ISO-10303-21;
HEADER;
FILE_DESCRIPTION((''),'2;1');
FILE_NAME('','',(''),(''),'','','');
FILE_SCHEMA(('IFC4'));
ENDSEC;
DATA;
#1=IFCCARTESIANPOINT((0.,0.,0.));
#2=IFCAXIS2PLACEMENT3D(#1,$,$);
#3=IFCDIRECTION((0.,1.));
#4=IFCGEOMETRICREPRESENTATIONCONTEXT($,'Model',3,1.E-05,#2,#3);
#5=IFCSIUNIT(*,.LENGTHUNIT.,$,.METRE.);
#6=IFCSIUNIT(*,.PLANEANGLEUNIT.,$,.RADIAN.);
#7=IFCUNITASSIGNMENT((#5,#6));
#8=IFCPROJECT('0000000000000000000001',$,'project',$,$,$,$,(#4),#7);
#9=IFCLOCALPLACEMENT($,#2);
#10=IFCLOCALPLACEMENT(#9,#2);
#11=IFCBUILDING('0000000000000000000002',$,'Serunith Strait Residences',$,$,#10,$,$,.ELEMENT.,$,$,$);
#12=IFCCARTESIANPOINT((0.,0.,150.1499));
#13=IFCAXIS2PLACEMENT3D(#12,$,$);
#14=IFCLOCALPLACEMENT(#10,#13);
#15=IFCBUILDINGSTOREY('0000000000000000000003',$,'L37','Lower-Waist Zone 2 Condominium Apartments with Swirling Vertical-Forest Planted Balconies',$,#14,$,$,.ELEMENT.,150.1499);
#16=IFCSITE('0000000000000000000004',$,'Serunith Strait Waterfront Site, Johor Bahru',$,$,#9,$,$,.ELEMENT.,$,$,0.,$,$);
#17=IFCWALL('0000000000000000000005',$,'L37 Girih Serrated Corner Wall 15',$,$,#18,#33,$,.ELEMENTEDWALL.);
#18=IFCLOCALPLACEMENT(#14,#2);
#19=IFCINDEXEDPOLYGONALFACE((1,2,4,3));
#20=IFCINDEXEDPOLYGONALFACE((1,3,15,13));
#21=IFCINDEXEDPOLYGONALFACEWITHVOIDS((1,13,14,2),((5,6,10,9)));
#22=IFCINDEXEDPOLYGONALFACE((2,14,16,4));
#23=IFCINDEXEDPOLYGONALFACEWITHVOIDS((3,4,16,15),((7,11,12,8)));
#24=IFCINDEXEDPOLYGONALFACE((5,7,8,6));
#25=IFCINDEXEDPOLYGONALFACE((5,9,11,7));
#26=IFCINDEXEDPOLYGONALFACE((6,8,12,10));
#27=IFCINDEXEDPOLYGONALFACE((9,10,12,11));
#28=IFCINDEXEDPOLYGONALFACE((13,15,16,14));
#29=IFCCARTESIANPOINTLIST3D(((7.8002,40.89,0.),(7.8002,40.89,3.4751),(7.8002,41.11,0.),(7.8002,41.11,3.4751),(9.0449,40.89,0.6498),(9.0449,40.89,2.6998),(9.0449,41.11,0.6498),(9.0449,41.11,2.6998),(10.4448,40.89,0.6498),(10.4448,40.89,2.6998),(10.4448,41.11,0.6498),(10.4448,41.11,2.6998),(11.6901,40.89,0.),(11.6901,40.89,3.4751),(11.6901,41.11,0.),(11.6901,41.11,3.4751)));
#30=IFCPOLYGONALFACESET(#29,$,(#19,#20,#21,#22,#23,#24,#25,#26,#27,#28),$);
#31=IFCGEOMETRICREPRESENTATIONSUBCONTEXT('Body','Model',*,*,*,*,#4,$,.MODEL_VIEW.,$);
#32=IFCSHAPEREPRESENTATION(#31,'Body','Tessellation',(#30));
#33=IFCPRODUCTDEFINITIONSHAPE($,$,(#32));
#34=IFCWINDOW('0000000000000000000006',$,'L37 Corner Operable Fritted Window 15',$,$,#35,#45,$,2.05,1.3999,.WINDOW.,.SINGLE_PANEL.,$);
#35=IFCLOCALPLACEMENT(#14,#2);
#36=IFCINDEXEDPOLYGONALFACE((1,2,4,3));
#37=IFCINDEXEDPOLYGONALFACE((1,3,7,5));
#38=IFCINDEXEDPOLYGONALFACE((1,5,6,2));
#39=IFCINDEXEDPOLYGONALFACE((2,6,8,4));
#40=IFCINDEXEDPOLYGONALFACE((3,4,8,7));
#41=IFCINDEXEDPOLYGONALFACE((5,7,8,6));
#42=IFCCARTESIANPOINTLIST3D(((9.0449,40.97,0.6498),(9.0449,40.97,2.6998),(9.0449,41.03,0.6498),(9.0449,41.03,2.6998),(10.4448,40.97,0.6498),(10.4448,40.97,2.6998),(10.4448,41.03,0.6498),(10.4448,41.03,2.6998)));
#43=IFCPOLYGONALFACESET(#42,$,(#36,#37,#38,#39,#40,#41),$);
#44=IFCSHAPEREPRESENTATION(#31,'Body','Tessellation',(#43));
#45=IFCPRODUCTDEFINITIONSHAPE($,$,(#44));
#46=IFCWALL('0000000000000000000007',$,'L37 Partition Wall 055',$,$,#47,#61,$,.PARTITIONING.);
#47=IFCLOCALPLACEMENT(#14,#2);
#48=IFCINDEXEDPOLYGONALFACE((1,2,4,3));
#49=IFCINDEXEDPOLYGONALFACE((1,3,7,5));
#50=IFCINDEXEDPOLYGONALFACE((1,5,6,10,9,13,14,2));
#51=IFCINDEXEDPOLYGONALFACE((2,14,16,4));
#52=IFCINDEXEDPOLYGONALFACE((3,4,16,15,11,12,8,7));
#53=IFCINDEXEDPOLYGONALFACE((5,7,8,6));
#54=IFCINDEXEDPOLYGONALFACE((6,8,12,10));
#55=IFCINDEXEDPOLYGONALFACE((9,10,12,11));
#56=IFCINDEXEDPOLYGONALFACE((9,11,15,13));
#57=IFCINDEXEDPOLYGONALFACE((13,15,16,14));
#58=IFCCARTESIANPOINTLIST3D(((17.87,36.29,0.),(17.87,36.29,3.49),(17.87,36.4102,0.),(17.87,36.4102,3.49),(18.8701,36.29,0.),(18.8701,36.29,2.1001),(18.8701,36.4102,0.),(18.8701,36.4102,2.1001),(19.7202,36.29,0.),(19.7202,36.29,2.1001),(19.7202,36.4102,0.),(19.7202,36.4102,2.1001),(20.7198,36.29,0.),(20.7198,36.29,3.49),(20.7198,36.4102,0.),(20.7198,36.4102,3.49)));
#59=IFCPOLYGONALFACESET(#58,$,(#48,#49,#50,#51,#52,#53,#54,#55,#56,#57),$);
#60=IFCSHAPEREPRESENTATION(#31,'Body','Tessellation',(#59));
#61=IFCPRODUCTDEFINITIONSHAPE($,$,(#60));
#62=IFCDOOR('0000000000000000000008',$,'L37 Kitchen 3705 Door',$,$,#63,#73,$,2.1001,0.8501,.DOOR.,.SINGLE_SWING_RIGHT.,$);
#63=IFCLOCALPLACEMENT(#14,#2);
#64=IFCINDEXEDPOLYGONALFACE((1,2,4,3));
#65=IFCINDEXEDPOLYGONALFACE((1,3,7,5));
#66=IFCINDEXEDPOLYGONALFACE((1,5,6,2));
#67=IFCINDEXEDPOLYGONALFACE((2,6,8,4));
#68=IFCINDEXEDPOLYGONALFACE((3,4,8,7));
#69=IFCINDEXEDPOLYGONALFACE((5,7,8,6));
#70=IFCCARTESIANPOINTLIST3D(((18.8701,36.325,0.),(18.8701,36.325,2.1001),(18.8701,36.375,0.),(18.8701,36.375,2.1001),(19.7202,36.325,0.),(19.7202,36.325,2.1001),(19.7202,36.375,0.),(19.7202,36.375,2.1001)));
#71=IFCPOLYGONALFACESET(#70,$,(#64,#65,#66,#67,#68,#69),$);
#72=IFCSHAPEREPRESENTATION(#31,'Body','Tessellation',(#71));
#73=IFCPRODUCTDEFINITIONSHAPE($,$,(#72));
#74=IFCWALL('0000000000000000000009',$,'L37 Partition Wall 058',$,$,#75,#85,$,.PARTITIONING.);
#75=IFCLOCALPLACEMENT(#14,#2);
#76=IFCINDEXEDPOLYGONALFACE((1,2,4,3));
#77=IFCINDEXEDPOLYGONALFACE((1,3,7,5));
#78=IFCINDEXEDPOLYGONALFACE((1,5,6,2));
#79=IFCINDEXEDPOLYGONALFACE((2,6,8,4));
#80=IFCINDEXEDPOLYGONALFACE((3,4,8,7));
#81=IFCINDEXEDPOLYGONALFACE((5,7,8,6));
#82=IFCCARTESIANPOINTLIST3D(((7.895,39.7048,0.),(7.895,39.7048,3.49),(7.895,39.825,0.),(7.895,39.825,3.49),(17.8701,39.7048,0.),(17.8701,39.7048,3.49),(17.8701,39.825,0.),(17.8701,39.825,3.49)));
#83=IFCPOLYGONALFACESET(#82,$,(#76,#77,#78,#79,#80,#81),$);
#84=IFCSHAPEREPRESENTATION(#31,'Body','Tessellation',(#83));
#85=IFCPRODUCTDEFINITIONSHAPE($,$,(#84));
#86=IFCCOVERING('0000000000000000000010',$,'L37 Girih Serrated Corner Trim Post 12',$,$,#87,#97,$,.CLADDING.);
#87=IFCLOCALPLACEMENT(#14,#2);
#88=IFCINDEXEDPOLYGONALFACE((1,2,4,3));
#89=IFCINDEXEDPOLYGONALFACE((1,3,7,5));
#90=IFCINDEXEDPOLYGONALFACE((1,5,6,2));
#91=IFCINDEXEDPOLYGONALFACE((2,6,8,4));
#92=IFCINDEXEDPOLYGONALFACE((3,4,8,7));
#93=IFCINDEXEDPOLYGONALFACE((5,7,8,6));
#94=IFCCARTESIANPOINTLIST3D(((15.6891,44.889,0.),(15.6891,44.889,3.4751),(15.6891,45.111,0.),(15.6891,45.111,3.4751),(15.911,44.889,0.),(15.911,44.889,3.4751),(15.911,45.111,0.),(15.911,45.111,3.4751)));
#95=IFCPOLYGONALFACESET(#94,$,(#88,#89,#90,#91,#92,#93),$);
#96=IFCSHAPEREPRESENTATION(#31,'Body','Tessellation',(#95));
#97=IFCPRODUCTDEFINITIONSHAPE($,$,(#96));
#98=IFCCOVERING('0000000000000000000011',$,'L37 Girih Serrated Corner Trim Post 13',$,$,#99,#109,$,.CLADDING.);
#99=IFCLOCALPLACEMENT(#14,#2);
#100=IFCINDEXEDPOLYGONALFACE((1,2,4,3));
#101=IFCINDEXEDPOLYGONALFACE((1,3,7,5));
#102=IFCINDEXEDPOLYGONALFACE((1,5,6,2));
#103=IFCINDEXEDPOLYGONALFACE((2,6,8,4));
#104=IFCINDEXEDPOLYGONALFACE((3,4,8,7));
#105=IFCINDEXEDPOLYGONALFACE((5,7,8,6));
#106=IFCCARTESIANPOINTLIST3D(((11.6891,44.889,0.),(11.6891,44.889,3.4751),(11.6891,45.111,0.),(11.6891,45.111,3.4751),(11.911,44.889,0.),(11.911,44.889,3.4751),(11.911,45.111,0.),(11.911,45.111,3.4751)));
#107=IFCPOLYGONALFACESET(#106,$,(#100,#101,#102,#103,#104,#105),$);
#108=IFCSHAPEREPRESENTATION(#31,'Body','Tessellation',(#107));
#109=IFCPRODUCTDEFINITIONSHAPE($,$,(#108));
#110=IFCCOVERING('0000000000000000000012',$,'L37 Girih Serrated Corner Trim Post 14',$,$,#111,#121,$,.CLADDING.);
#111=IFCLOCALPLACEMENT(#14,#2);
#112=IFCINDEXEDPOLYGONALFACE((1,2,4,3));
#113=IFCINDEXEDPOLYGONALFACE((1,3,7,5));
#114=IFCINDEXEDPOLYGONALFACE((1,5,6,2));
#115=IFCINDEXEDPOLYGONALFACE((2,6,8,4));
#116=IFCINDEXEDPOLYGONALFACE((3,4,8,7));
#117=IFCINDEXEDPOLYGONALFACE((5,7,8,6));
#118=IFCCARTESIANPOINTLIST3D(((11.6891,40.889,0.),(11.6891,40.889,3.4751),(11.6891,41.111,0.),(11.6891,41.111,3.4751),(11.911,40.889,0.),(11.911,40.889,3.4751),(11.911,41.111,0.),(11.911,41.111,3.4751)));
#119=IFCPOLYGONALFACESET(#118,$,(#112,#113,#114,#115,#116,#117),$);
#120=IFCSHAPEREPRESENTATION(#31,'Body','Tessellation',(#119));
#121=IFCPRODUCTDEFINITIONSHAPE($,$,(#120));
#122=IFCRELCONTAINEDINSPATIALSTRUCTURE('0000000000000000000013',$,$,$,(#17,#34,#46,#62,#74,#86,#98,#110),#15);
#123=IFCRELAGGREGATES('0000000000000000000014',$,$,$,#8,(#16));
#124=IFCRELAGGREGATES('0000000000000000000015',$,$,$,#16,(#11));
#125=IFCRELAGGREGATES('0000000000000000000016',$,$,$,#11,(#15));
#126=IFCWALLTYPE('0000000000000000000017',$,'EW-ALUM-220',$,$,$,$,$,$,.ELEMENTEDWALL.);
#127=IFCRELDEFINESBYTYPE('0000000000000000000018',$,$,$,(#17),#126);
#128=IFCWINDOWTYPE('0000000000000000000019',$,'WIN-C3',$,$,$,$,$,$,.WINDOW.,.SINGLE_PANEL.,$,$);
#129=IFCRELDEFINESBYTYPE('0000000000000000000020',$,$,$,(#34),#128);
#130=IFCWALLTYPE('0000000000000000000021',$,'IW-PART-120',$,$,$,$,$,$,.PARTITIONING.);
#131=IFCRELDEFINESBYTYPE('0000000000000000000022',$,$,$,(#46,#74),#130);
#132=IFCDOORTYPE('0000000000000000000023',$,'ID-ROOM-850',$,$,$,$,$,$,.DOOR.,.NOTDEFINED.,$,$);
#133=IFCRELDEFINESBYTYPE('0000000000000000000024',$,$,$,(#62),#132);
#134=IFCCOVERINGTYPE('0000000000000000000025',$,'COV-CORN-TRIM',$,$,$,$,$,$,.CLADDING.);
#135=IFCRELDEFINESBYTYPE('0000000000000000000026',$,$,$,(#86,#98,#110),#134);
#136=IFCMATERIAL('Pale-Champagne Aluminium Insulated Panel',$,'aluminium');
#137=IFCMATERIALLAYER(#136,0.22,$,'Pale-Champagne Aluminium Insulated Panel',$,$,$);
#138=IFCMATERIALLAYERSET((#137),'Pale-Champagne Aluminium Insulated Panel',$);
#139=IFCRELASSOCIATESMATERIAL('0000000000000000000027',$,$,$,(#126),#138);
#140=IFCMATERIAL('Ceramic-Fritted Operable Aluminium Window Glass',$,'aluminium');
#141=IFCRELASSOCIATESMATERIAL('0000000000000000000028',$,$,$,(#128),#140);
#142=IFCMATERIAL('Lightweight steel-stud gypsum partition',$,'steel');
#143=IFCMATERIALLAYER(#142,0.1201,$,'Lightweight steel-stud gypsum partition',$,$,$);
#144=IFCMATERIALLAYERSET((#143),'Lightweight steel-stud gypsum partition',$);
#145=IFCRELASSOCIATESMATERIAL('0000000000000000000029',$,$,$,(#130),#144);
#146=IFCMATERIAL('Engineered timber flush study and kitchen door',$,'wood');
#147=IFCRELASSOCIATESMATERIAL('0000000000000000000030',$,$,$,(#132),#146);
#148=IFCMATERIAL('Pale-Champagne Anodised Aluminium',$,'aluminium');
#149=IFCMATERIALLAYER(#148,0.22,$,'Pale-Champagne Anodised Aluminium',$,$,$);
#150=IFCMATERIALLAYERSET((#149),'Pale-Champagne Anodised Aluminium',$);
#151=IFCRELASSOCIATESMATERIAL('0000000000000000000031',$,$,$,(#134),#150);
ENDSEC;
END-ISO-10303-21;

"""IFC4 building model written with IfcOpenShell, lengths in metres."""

from ifc_helpers import new_model, si_unit, direction, frame, frame_2d, origin, origin_2d, place, context, subcontext, project, spatial, rectangle, extrude, source, transform, mapped, material, layer, layer_set, type_object, element, fill, save


model = new_model("IFC4")

# Units and contexts
model_context = context("Model", 3, precision=1e-05, world=origin(), true_north=direction((0.0, 1.0)))
body_context = subcontext(model_context, "Body", "Model", "MODEL_VIEW")
ifc_project = project(units=[si_unit("LENGTHUNIT", "METRE"), si_unit("PLANEANGLEUNIT", "RADIAN")], contexts=[model_context])

# Site, building, storey
site_placement = place(None, origin())
site = spatial("IfcSite", under=ifc_project, at=site_placement, Name="Serunith Strait Waterfront Site, Johor Bahru", CompositionType="ELEMENT", RefElevation=0.0)
building_placement = place(site_placement, origin())
building = spatial("IfcBuilding", under=site, at=building_placement, Name="Serunith Strait Residences", CompositionType="ELEMENT")
storey_placement = place(building_placement, frame((0.0, 0.0, 150.1499)))
storey = spatial("IfcBuildingStorey", under=building, at=storey_placement, Name="L37", Description="Lower-Waist Zone 2 Condominium Apartments with Swirling Vertical-Forest Planted Balconies", CompositionType="ELEMENT", Elevation=150.1499)

# Shared definitions
ifc_material_1 = material(Name="Pale-Champagne Anodised Aluminium", Category="aluminium")

# Wall, opening, window
ifc_material_2 = material(Name="Pale-Champagne Aluminium Insulated Panel", Category="aluminium")
ifc_layer_1 = layer(ifc_material_2, 0.22, Name="Pale-Champagne Aluminium Insulated Panel")
ifc_layer_set_1 = layer_set([ifc_layer_1], Name="Pale-Champagne Aluminium Insulated Panel")
wall_type_1 = type_object("IfcWallType", Name="EW-ALUM-220", PredefinedType="ELEMENTEDWALL", material=ifc_layer_set_1)
ifc_material_3 = material(Name="Ceramic-Fritted Operable Aluminium Window Glass", Category="aluminium")
window_type = type_object("IfcWindowType", Name="WIN-C3", PartitioningType="SINGLE_PANEL", PredefinedType="WINDOW", material=ifc_material_3)
shared_shape_1 = source(origin(), body_context, "Body", "SweptSolid", [
    extrude(rectangle(XDim=1.3999, YDim=2.05, at=frame_2d((0.7, 1.0249))), frame((0.0, 0.03, 0.0), z_axis=(0.0, -1.0, 0.0), x_axis=(1.0, 0.0, 0.0)), (0.0, 0.0, 1.0), 0.0601),
])
wall_1_placement = place(storey_placement, frame((11.6899, 41.0, 0.0), z_axis=(0.0, 0.0, 1.0), x_axis=(-1.0, 0.0, 0.0)))
wall_1 = element("IfcWall", 1, at=wall_1_placement, inside=storey, type_object=wall_type_1, Name="L37 Girih Serrated Corner Wall 15", PredefinedType="ELEMENTEDWALL", context=body_context, shape_type="SweptSolid", body=[
    extrude(rectangle(XDim=3.8899, YDim=0.22, at=frame_2d((1.9448, 0.0))), origin(), (0.0, 0.0, 1.0), 3.4751),
])
opening_1_placement = place(wall_1_placement, frame((1.2451, 0.0, 0.6499)))
opening_1 = element("IfcOpeningElement", 2, at=opening_1_placement, cuts=wall_1, PredefinedType="OPENING", context=body_context, shape_type="SweptSolid", body=[
    extrude(rectangle(XDim=1.3999, YDim=2.05, at=frame_2d((0.7, 1.0249))), frame((0.0, 0.1201, 0.0), z_axis=(0.0, -1.0, 0.0), x_axis=(1.0, 0.0, 0.0)), (0.0, 0.0, 1.0), 0.24),
])
window_1_placement = place(opening_1_placement, origin())
window_1 = element("IfcWindow", 3, at=window_1_placement, inside=storey, type_object=window_type, Name="L37 Corner Operable Fritted Window 15", OverallHeight=2.05, OverallWidth=1.3999, PartitioningType="SINGLE_PANEL", PredefinedType="WINDOW", context=body_context, shape_type="MappedRepresentation", body=[
    mapped(shared_shape_1, transform((0.0, 0.0, 0.0), scale=1.0)),
])
fill(opening_1, window_1)

# Wall, opening, door
ifc_material_4 = material(Name="Lightweight steel-stud gypsum partition", Category="steel")
ifc_layer_2 = layer(ifc_material_4, 0.1201, Name="Lightweight steel-stud gypsum partition")
ifc_layer_set_2 = layer_set([ifc_layer_2], Name="Lightweight steel-stud gypsum partition")
wall_type_2 = type_object("IfcWallType", Name="IW-PART-120", PredefinedType="PARTITIONING", material=ifc_layer_set_2)
wall_2_placement = place(storey_placement, frame((17.8701, 36.3501, 0.0), z_axis=(0.0, 0.0, 1.0), x_axis=(1.0, 0.0, 0.0)))
wall_2 = element("IfcWall", 4, at=wall_2_placement, inside=storey, type_object=wall_type_2, Name="L37 Partition Wall 055", PredefinedType="PARTITIONING", context=body_context, shape_type="SweptSolid", body=[
    extrude(rectangle(XDim=2.8499, YDim=0.1201, at=frame_2d((1.4248, 0.0))), origin(), (0.0, 0.0, 1.0), 3.49),
])
opening_2_placement = place(wall_2_placement, frame((1.0, 0.0, 0.0)))
opening_2 = element("IfcOpeningElement", 5, at=opening_2_placement, cuts=wall_2, PredefinedType="OPENING", context=body_context, shape_type="SweptSolid", body=[
    extrude(rectangle(XDim=0.8501, YDim=2.1001, at=frame_2d((0.425, 1.05))), frame((0.0, 0.0701, 0.0), z_axis=(0.0, -1.0, 0.0), x_axis=(1.0, 0.0, 0.0)), (0.0, 0.0, 1.0), 0.1401),
])
ifc_material_5 = material(Name="Engineered timber flush study and kitchen door", Category="wood")
door_type = type_object("IfcDoorType", Name="ID-ROOM-850", OperationType="NOTDEFINED", PredefinedType="DOOR", material=ifc_material_5)
shared_shape_2 = source(origin(), body_context, "Body", "SweptSolid", [
    extrude(rectangle(XDim=0.8501, YDim=2.1001, at=frame_2d((0.425, 1.05))), frame((0.0, 0.0249, 0.0), z_axis=(0.0, -1.0, 0.0), x_axis=(1.0, 0.0, 0.0)), (0.0, 0.0, 1.0), 0.05),
])
door_placement = place(opening_2_placement, origin())
door = element("IfcDoor", 6, at=door_placement, inside=storey, type_object=door_type, Name="L37 Kitchen 3705 Door", OperationType="SINGLE_SWING_RIGHT", OverallHeight=2.1001, OverallWidth=0.8501, PredefinedType="DOOR", context=body_context, shape_type="MappedRepresentation", body=[
    mapped(shared_shape_2, transform((0.0, 0.0, 0.0), scale=1.0)),
])
fill(opening_2, door)

# Wall
wall_3_placement = place(storey_placement, frame((7.895, 39.7649, 0.0), z_axis=(0.0, 0.0, 1.0), x_axis=(1.0, 0.0, 0.0)))
element("IfcWall", 7, at=wall_3_placement, inside=storey, type_object=wall_type_2, Name="L37 Partition Wall 058", PredefinedType="PARTITIONING", context=body_context, shape_type="SweptSolid", body=[
    extrude(rectangle(XDim=9.9751, YDim=0.1201, at=frame_2d((4.9875, 0.0))), origin(), (0.0, 0.0, 1.0), 3.49),
])

# Coverings
ifc_layer_3 = layer(ifc_material_1, 0.22, Name="Pale-Champagne Anodised Aluminium")
ifc_layer_set_3 = layer_set([ifc_layer_3], Name="Pale-Champagne Anodised Aluminium")
covering_type = type_object("IfcCoveringType", Name="COV-CORN-TRIM", PredefinedType="CLADDING", material=ifc_layer_set_3)
shared_shape_3 = source(origin(), body_context, "Body", "SweptSolid", [
    extrude(rectangle(XDim=0.2219, YDim=0.2219, at=origin_2d()), origin(), (0.0, 0.0, 1.0), 3.4751),
])
for number, where, z_axis, x_axis, name in (
    (8, (15.8, 45.0, 0.0), (0.0, 0.0, 1.0), (1.0, 0.0, 0.0), "L37 Girih Serrated Corner Trim Post 12"),
    (9, (11.8, 45.0, 0.0), (0.0, 0.0, 1.0), (1.0, 0.0, 0.0), "L37 Girih Serrated Corner Trim Post 13"),
    (10, (11.8, 41.0, 0.0), (0.0, 0.0, 1.0), (1.0, 0.0, 0.0), "L37 Girih Serrated Corner Trim Post 14"),
):
    element("IfcCovering", number, at=place(storey_placement, frame(where, z_axis=z_axis, x_axis=x_axis)), inside=storey, type_object=covering_type, Name=name, PredefinedType="CLADDING", context=body_context, shape_type="MappedRepresentation", body=[
        mapped(shared_shape_3, transform((0.0, 0.0, 0.0), scale=1.0)),
    ])

save(model, "model.ifc")
